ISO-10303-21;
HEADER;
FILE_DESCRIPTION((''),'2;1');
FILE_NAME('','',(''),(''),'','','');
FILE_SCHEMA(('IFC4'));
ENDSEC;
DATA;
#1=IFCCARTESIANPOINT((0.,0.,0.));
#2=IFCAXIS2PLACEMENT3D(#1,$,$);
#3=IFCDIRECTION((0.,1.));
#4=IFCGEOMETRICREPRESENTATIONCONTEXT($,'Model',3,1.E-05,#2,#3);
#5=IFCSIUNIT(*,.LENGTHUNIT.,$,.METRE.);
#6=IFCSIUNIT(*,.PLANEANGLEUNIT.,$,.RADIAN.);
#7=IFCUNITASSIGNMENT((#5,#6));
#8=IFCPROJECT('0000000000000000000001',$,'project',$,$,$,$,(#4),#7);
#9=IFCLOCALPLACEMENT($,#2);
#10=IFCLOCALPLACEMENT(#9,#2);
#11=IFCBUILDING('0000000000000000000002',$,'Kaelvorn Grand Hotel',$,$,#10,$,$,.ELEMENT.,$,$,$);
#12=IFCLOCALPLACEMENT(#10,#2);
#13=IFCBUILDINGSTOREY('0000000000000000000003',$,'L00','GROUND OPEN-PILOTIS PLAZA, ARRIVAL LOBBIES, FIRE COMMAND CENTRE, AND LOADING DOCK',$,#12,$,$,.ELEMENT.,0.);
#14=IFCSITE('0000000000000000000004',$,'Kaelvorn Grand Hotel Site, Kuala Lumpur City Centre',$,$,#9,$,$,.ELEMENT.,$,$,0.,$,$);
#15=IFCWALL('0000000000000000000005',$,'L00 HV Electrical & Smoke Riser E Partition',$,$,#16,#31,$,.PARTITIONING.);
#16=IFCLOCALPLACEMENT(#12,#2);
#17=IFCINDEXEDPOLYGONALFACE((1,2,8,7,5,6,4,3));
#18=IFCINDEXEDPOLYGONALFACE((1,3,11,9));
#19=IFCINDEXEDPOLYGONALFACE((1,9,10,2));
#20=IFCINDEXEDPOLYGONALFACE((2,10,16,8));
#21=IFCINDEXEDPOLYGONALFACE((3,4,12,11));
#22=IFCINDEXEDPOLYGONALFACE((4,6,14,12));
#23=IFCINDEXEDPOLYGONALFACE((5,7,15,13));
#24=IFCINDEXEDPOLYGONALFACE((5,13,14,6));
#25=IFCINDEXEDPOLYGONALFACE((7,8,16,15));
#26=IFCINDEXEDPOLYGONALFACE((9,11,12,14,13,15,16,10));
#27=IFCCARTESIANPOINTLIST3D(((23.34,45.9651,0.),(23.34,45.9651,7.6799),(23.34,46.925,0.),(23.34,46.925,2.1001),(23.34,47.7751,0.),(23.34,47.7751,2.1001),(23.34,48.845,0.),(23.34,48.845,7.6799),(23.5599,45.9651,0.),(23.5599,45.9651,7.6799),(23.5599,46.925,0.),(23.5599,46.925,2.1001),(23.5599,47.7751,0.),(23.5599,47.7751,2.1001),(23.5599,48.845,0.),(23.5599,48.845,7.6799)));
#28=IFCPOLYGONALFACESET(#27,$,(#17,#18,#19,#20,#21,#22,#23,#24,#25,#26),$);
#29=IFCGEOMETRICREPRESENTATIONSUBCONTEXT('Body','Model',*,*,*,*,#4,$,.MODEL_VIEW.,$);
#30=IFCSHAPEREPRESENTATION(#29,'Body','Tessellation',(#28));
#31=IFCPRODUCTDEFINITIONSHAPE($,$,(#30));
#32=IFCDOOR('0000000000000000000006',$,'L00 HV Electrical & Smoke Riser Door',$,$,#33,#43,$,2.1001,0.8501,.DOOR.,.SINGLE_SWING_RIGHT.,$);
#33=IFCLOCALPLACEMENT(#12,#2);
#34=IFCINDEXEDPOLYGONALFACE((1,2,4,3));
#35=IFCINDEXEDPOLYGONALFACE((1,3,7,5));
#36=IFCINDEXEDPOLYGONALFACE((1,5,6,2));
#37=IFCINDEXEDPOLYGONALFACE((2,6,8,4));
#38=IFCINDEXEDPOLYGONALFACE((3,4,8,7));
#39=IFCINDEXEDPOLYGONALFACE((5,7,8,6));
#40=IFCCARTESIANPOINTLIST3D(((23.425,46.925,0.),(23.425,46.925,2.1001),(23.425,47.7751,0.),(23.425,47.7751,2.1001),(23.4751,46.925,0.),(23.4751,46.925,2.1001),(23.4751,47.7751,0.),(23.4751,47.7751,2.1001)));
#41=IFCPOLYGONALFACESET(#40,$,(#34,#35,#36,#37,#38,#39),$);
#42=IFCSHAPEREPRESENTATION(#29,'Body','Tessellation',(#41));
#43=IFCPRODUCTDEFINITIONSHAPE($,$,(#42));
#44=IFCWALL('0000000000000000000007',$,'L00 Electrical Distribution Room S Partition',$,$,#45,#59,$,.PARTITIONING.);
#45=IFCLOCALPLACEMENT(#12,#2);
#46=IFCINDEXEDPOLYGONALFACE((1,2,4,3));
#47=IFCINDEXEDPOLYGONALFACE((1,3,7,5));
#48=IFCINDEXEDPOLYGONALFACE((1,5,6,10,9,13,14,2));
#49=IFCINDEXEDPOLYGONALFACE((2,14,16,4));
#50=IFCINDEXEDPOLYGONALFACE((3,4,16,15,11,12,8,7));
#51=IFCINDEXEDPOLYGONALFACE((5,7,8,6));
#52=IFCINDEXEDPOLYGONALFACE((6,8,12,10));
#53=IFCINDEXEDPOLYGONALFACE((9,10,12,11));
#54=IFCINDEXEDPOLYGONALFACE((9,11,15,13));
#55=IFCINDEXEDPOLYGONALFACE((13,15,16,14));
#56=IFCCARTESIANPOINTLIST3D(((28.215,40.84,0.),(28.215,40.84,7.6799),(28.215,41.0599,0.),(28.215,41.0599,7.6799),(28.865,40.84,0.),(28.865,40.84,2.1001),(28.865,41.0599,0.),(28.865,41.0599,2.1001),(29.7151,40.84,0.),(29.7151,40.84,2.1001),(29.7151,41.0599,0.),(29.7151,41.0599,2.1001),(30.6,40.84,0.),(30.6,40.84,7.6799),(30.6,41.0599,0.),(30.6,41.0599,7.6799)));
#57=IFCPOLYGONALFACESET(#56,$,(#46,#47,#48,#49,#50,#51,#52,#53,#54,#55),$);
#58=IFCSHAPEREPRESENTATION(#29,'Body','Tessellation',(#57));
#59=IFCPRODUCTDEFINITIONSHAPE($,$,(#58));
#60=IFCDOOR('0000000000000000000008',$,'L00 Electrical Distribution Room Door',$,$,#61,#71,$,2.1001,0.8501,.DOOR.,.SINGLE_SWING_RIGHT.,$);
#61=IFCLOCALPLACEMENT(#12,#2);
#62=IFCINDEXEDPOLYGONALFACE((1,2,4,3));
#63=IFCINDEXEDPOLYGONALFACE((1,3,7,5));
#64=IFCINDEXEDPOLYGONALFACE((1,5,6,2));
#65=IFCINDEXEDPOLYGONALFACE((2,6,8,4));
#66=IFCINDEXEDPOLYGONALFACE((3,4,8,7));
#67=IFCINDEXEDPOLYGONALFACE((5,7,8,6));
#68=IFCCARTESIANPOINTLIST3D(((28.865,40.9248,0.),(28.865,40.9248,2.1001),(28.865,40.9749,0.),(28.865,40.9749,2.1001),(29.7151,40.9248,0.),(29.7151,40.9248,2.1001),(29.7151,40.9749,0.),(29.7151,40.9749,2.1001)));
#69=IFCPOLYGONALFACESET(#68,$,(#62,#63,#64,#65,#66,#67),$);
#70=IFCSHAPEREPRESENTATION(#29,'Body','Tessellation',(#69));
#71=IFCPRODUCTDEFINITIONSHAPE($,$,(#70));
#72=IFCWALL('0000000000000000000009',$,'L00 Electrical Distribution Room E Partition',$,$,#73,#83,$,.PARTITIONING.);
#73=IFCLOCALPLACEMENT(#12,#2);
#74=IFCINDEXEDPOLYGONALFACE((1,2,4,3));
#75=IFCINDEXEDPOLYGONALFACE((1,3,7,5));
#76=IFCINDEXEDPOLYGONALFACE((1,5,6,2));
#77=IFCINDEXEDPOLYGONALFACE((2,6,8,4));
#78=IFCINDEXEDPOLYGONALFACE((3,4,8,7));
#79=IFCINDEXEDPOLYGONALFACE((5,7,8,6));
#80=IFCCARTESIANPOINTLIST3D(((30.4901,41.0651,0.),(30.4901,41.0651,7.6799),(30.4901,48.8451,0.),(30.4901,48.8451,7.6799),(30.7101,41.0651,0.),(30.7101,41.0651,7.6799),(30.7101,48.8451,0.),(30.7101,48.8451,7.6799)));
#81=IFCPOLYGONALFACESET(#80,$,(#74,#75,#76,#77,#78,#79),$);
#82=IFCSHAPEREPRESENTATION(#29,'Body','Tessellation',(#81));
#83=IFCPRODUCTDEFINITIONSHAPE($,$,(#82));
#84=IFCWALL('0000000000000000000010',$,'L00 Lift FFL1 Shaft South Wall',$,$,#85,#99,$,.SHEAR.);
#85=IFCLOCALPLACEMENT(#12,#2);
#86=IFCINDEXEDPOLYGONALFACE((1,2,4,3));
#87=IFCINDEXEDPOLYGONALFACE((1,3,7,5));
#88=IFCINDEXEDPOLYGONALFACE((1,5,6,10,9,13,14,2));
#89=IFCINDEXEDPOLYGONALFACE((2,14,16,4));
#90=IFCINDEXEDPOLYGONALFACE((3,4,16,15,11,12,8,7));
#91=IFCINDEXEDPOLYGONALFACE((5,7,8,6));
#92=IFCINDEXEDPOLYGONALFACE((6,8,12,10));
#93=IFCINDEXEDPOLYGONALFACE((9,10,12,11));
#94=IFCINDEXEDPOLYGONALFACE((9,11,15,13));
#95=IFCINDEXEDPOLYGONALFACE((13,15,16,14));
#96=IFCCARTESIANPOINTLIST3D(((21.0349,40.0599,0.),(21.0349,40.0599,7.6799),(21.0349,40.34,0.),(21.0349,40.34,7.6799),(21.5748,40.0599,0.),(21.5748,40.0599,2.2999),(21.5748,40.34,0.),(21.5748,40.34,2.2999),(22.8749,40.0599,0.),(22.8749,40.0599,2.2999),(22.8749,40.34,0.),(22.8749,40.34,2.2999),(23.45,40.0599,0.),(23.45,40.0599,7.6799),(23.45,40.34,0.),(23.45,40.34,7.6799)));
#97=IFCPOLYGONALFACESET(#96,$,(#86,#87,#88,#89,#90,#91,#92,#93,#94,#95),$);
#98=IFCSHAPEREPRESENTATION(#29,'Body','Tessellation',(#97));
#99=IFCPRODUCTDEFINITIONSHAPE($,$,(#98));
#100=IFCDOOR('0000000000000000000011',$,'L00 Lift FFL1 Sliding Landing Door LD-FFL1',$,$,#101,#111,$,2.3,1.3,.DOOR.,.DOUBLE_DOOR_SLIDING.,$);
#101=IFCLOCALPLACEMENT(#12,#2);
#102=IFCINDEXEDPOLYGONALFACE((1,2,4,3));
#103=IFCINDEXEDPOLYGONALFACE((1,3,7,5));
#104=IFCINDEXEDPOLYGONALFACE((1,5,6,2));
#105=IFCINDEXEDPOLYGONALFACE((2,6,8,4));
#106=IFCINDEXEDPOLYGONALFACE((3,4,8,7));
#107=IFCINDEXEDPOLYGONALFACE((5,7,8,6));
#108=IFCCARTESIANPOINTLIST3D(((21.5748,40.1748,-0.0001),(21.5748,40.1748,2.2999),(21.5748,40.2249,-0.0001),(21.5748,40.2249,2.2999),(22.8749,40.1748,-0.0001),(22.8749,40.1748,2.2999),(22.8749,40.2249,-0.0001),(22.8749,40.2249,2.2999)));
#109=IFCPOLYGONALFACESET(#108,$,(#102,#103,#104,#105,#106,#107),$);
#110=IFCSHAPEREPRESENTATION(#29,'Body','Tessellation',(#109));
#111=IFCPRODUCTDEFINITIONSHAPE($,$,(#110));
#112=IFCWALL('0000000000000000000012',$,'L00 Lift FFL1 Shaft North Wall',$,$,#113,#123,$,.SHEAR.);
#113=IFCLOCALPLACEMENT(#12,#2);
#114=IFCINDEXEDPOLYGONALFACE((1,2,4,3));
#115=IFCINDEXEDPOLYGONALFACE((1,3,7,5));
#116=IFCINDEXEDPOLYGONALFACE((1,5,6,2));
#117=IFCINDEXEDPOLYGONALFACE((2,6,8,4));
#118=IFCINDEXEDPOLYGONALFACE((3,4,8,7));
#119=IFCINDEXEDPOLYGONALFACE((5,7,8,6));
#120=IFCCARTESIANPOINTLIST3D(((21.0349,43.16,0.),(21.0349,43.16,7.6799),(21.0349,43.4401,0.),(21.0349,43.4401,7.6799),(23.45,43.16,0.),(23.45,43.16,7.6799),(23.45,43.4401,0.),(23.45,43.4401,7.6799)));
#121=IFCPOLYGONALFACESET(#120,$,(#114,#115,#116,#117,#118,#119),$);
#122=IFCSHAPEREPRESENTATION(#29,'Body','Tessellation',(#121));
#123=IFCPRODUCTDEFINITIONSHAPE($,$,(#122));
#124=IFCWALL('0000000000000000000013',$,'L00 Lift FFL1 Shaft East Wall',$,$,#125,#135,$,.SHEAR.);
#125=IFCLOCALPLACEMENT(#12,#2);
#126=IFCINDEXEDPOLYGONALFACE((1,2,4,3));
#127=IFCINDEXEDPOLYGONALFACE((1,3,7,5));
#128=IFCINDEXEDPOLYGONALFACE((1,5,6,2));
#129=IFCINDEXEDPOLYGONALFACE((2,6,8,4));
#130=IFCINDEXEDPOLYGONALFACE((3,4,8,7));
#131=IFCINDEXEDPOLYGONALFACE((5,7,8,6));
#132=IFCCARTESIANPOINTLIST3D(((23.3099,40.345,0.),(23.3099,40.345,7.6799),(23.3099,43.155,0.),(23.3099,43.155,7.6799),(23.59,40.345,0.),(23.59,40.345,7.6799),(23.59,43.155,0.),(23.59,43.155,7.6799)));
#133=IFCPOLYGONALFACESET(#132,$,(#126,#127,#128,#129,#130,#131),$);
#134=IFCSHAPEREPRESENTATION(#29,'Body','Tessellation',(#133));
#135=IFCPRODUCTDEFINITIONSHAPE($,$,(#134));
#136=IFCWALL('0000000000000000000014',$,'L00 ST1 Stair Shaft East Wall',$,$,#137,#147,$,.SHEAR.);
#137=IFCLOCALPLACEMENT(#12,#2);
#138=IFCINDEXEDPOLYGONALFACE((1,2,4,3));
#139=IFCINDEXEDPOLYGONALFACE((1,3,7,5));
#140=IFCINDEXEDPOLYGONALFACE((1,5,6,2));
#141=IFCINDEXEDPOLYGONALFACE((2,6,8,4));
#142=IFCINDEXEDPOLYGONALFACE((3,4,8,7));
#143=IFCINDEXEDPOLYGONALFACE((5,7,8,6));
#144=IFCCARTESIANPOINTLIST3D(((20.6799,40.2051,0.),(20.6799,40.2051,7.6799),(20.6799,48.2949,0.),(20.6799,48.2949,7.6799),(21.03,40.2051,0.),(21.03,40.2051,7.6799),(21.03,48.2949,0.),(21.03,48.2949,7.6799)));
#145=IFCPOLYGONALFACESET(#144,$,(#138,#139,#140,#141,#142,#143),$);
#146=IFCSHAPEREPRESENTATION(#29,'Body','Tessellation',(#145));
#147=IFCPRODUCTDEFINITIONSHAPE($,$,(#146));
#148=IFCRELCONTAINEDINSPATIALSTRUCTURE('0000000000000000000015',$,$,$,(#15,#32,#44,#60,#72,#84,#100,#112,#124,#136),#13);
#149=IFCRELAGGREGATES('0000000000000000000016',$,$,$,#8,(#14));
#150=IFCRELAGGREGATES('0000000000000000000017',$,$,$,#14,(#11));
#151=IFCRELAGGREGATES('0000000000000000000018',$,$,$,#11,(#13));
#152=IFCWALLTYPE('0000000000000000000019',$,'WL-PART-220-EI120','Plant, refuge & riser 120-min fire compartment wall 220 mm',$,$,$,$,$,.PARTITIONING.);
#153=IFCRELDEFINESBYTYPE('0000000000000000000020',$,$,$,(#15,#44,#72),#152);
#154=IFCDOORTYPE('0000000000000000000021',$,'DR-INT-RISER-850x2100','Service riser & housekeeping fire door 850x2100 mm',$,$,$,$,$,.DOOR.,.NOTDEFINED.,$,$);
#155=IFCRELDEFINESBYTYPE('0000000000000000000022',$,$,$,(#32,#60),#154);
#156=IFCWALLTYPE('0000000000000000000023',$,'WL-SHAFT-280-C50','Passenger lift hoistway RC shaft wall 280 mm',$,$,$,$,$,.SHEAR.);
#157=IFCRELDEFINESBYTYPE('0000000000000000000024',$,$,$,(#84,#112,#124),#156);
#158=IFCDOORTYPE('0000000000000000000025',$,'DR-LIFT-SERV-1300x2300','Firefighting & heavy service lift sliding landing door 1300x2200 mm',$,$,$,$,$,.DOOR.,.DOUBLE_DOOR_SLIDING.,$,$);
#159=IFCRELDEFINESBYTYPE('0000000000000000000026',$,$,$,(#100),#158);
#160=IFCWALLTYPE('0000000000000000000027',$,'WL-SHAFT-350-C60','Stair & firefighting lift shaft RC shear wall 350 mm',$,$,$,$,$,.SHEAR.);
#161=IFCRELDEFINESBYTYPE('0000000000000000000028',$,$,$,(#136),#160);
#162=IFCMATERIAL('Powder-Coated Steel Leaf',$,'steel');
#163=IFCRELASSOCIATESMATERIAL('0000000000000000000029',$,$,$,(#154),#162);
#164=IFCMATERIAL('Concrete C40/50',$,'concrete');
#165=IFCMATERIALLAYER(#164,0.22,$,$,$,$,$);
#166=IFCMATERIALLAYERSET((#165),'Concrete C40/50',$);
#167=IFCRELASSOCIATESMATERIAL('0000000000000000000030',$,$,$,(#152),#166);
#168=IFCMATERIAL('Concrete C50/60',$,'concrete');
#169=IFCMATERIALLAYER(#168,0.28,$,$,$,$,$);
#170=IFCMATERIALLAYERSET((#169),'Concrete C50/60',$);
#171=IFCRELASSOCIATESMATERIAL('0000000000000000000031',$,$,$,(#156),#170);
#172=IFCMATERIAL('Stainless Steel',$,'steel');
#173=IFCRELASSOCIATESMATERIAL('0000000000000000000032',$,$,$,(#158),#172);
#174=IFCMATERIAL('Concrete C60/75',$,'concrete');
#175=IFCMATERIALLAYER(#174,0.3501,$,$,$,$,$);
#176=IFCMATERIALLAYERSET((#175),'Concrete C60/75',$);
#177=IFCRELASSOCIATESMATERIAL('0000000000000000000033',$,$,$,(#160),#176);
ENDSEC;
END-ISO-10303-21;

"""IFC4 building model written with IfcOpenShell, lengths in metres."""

from ifc_helpers import new_model, si_unit, direction, frame, frame_2d, origin, place, context, subcontext, project, spatial, rectangle, extrude, material, layer, layer_set, type_object, element, fill, save


model = new_model("IFC4")

# Units and contexts
model_context = context("Model", 3, precision=1e-05, world=origin(), true_north=direction((0.0, 1.0)))
body_context = subcontext(model_context, "Body", "Model", "MODEL_VIEW")
ifc_project = project(units=[si_unit("LENGTHUNIT", "METRE"), si_unit("PLANEANGLEUNIT", "RADIAN")], contexts=[model_context])

# Site, building, storey
site_placement = place(None, origin())
site = spatial("IfcSite", under=ifc_project, at=site_placement, Name="Kaelvorn Grand Hotel Site, Kuala Lumpur City Centre", CompositionType="ELEMENT", RefElevation=0.0)
building_placement = place(site_placement, origin())
building = spatial("IfcBuilding", under=site, at=building_placement, Name="Kaelvorn Grand Hotel", CompositionType="ELEMENT")
storey_placement = place(building_placement, origin())
storey = spatial("IfcBuildingStorey", under=building, at=storey_placement, Name="L00", Description="GROUND OPEN-PILOTIS PLAZA, ARRIVAL LOBBIES, FIRE COMMAND CENTRE, AND LOADING DOCK", CompositionType="ELEMENT", Elevation=0.0)

# Shared definitions
ifc_material_1 = material(Name="Concrete C60/75", Category="concrete")

# Shared definitions
ifc_material_2 = material(Name="Powder-Coated Steel Leaf", Category="steel")
door_type_1 = type_object("IfcDoorType", Name="DR-INT-RISER-850x2100", Description="Service riser & housekeeping fire door 850x2100 mm", OperationType="NOTDEFINED", PredefinedType="DOOR", material=ifc_material_2)

# Shared definitions
ifc_material_3 = material(Name="Concrete C40/50", Category="concrete")
ifc_layer_1 = layer(ifc_material_3, 0.22)
ifc_layer_set_1 = layer_set([ifc_layer_1], Name="Concrete C40/50")
wall_type_1 = type_object("IfcWallType", Name="WL-PART-220-EI120", Description="Plant, refuge & riser 120-min fire compartment wall 220 mm", PredefinedType="PARTITIONING", material=ifc_layer_set_1)

# Walls, openings, doors
wall_1_placement = place(storey_placement, frame((23.45, 45.9651, 0.0), z_axis=(0.0, 0.0, 1.0), x_axis=(0.0, 1.0, 0.0)))
wall_1 = element("IfcWall", 1, at=wall_1_placement, inside=storey, type_object=wall_type_1, Name="L00 HV Electrical & Smoke Riser E Partition", PredefinedType="PARTITIONING", context=body_context, shape_type="SweptSolid", body=[
    extrude(rectangle(XDim=2.8799, YDim=0.22, at=frame_2d((1.4399, 0.0))), origin(), (0.0, 0.0, 1.0), 7.6799),
])
opening_1_placement = place(wall_1_placement, frame((0.96, 0.0, 0.0)))
opening_1 = element("IfcOpeningElement", 2, at=opening_1_placement, cuts=wall_1, PredefinedType="OPENING", context=body_context, shape_type="SweptSolid", body=[
    extrude(rectangle(XDim=0.8501, YDim=2.1001, at=frame_2d((0.425, 1.05))), frame((0.0, 0.1201, 0.0), z_axis=(0.0, -1.0, 0.0), x_axis=(1.0, 0.0, 0.0)), (0.0, 0.0, 1.0), 0.24),
])
door_1_placement = place(opening_1_placement, origin())
door_1 = element("IfcDoor", 3, at=door_1_placement, inside=storey, type_object=door_type_1, Name="L00 HV Electrical & Smoke Riser Door", OperationType="SINGLE_SWING_RIGHT", OverallHeight=2.1001, OverallWidth=0.8501, PredefinedType="DOOR", context=body_context, shape_type="SweptSolid", body=[
    extrude(rectangle(XDim=0.8501, YDim=2.1001, at=frame_2d((0.425, 1.05))), frame((0.0, 0.0249, 0.0), z_axis=(0.0, -1.0, 0.0), x_axis=(1.0, 0.0, 0.0)), (0.0, 0.0, 1.0), 0.05),
])
fill(opening_1, door_1)
wall_2_placement = place(storey_placement, frame((28.2151, 40.95, 0.0), z_axis=(0.0, 0.0, 1.0), x_axis=(1.0, 0.0, 0.0)))
wall_2 = element("IfcWall", 4, at=wall_2_placement, inside=storey, type_object=wall_type_1, Name="L00 Electrical Distribution Room S Partition", PredefinedType="PARTITIONING", context=body_context, shape_type="SweptSolid", body=[
    extrude(rectangle(XDim=2.385, YDim=0.22, at=frame_2d((1.1924, 0.0))), origin(), (0.0, 0.0, 1.0), 7.6799),
])
opening_2_placement = place(wall_2_placement, frame((0.6499, 0.0, 0.0)))
opening_2 = element("IfcOpeningElement", 5, at=opening_2_placement, cuts=wall_2, PredefinedType="OPENING", context=body_context, shape_type="SweptSolid", body=[
    extrude(rectangle(XDim=0.8501, YDim=2.1001, at=frame_2d((0.425, 1.05))), frame((0.0, 0.1201, 0.0), z_axis=(0.0, -1.0, 0.0), x_axis=(1.0, 0.0, 0.0)), (0.0, 0.0, 1.0), 0.24),
])
door_2_placement = place(opening_2_placement, origin())
door_2 = element("IfcDoor", 6, at=door_2_placement, inside=storey, type_object=door_type_1, Name="L00 Electrical Distribution Room Door", OperationType="SINGLE_SWING_RIGHT", OverallHeight=2.1001, OverallWidth=0.8501, PredefinedType="DOOR", context=body_context, shape_type="SweptSolid", body=[
    extrude(rectangle(XDim=0.8501, YDim=2.1001, at=frame_2d((0.425, 1.05))), frame((0.0, 0.0249, 0.0), z_axis=(0.0, -1.0, 0.0), x_axis=(1.0, 0.0, 0.0)), (0.0, 0.0, 1.0), 0.05),
])
fill(opening_2, door_2)

# Wall
wall_3_placement = place(storey_placement, frame((30.6001, 41.0649, 0.0), z_axis=(0.0, 0.0, 1.0), x_axis=(0.0, 1.0, 0.0)))
element("IfcWall", 7, at=wall_3_placement, inside=storey, type_object=wall_type_1, Name="L00 Electrical Distribution Room E Partition", PredefinedType="PARTITIONING", context=body_context, shape_type="SweptSolid", body=[
    extrude(rectangle(XDim=7.78, YDim=0.22, at=frame_2d((3.8901, 0.0))), origin(), (0.0, 0.0, 1.0), 7.6799),
])

# Wall, opening, door
ifc_material_4 = material(Name="Concrete C50/60", Category="concrete")
ifc_layer_2 = layer(ifc_material_4, 0.28)
ifc_layer_set_2 = layer_set([ifc_layer_2], Name="Concrete C50/60")
wall_type_2 = type_object("IfcWallType", Name="WL-SHAFT-280-C50", Description="Passenger lift hoistway RC shaft wall 280 mm", PredefinedType="SHEAR", material=ifc_layer_set_2)
wall_4_placement = place(storey_placement, frame((21.0349, 40.2, 0.0), z_axis=(0.0, 0.0, 1.0), x_axis=(1.0, 0.0, 0.0)))
wall_4 = element("IfcWall", 8, at=wall_4_placement, inside=storey, type_object=wall_type_2, Name="L00 Lift FFL1 Shaft South Wall", PredefinedType="SHEAR", context=body_context, shape_type="SweptSolid", body=[
    extrude(rectangle(XDim=2.415, YDim=0.28, at=frame_2d((1.2075, 0.0))), origin(), (0.0, 0.0, 1.0), 7.6799),
])
opening_3_placement = place(wall_4_placement, frame((0.54, 0.0, 0.0)))
opening_3 = element("IfcOpeningElement", 9, at=opening_3_placement, cuts=wall_4, PredefinedType="OPENING", context=body_context, shape_type="SweptSolid", body=[
    extrude(rectangle(XDim=1.3, YDim=2.3, at=frame_2d((0.6499, 1.1499))), frame((0.0, 0.1499, 0.0), z_axis=(0.0, -1.0, 0.0), x_axis=(1.0, 0.0, 0.0)), (0.0, 0.0, 1.0), 0.3),
])
ifc_material_5 = material(Name="Stainless Steel", Category="steel")
door_type_2 = type_object("IfcDoorType", Name="DR-LIFT-SERV-1300x2300", Description="Firefighting & heavy service lift sliding landing door 1300x2200 mm", OperationType="DOUBLE_DOOR_SLIDING", PredefinedType="DOOR", material=ifc_material_5)
door_3_placement = place(opening_3_placement, origin())
door_3 = element("IfcDoor", 10, at=door_3_placement, inside=storey, type_object=door_type_2, Name="L00 Lift FFL1 Sliding Landing Door LD-FFL1", OperationType="DOUBLE_DOOR_SLIDING", OverallHeight=2.3, OverallWidth=1.3, PredefinedType="DOOR", context=body_context, shape_type="SweptSolid", body=[
    extrude(rectangle(XDim=1.3, YDim=2.3, at=frame_2d((0.6499, 1.1499))), frame((0.0, 0.0249, 0.0), z_axis=(0.0, -1.0, 0.0), x_axis=(1.0, 0.0, 0.0)), (0.0, 0.0, 1.0), 0.05),
])
fill(opening_3, door_3)

# Walls
wall_5_placement = place(storey_placement, frame((21.0349, 43.3, 0.0), z_axis=(0.0, 0.0, 1.0), x_axis=(1.0, 0.0, 0.0)))
element("IfcWall", 11, at=wall_5_placement, inside=storey, type_object=wall_type_2, Name="L00 Lift FFL1 Shaft North Wall", PredefinedType="SHEAR", context=body_context, shape_type="SweptSolid", body=[
    extrude(rectangle(XDim=2.415, YDim=0.28, at=frame_2d((1.2075, 0.0))), origin(), (0.0, 0.0, 1.0), 7.6799),
])
wall_6_placement = place(storey_placement, frame((23.45, 40.345, 0.0), z_axis=(0.0, 0.0, 1.0), x_axis=(0.0, 1.0, 0.0)))
element("IfcWall", 12, at=wall_6_placement, inside=storey, type_object=wall_type_2, Name="L00 Lift FFL1 Shaft East Wall", PredefinedType="SHEAR", context=body_context, shape_type="SweptSolid", body=[
    extrude(rectangle(XDim=2.8101, YDim=0.28, at=frame_2d((1.405, 0.0))), origin(), (0.0, 0.0, 1.0), 7.6799),
])
ifc_layer_3 = layer(ifc_material_1, 0.3501)
ifc_layer_set_3 = layer_set([ifc_layer_3], Name="Concrete C60/75")
wall_type_3 = type_object("IfcWallType", Name="WL-SHAFT-350-C60", Description="Stair & firefighting lift shaft RC shear wall 350 mm", PredefinedType="SHEAR", material=ifc_layer_set_3)
wall_7_placement = place(storey_placement, frame((20.855, 40.2051, 0.0), z_axis=(0.0, 0.0, 1.0), x_axis=(0.0, 1.0, 0.0)))
element("IfcWall", 13, at=wall_7_placement, inside=storey, type_object=wall_type_3, Name="L00 ST1 Stair Shaft East Wall", PredefinedType="SHEAR", context=body_context, shape_type="SweptSolid", body=[
    extrude(rectangle(XDim=8.0898, YDim=0.3501, at=frame_2d((4.0449, 0.0))), origin(), (0.0, 0.0, 1.0), 7.6799),
])

save(model, "model.ifc")
